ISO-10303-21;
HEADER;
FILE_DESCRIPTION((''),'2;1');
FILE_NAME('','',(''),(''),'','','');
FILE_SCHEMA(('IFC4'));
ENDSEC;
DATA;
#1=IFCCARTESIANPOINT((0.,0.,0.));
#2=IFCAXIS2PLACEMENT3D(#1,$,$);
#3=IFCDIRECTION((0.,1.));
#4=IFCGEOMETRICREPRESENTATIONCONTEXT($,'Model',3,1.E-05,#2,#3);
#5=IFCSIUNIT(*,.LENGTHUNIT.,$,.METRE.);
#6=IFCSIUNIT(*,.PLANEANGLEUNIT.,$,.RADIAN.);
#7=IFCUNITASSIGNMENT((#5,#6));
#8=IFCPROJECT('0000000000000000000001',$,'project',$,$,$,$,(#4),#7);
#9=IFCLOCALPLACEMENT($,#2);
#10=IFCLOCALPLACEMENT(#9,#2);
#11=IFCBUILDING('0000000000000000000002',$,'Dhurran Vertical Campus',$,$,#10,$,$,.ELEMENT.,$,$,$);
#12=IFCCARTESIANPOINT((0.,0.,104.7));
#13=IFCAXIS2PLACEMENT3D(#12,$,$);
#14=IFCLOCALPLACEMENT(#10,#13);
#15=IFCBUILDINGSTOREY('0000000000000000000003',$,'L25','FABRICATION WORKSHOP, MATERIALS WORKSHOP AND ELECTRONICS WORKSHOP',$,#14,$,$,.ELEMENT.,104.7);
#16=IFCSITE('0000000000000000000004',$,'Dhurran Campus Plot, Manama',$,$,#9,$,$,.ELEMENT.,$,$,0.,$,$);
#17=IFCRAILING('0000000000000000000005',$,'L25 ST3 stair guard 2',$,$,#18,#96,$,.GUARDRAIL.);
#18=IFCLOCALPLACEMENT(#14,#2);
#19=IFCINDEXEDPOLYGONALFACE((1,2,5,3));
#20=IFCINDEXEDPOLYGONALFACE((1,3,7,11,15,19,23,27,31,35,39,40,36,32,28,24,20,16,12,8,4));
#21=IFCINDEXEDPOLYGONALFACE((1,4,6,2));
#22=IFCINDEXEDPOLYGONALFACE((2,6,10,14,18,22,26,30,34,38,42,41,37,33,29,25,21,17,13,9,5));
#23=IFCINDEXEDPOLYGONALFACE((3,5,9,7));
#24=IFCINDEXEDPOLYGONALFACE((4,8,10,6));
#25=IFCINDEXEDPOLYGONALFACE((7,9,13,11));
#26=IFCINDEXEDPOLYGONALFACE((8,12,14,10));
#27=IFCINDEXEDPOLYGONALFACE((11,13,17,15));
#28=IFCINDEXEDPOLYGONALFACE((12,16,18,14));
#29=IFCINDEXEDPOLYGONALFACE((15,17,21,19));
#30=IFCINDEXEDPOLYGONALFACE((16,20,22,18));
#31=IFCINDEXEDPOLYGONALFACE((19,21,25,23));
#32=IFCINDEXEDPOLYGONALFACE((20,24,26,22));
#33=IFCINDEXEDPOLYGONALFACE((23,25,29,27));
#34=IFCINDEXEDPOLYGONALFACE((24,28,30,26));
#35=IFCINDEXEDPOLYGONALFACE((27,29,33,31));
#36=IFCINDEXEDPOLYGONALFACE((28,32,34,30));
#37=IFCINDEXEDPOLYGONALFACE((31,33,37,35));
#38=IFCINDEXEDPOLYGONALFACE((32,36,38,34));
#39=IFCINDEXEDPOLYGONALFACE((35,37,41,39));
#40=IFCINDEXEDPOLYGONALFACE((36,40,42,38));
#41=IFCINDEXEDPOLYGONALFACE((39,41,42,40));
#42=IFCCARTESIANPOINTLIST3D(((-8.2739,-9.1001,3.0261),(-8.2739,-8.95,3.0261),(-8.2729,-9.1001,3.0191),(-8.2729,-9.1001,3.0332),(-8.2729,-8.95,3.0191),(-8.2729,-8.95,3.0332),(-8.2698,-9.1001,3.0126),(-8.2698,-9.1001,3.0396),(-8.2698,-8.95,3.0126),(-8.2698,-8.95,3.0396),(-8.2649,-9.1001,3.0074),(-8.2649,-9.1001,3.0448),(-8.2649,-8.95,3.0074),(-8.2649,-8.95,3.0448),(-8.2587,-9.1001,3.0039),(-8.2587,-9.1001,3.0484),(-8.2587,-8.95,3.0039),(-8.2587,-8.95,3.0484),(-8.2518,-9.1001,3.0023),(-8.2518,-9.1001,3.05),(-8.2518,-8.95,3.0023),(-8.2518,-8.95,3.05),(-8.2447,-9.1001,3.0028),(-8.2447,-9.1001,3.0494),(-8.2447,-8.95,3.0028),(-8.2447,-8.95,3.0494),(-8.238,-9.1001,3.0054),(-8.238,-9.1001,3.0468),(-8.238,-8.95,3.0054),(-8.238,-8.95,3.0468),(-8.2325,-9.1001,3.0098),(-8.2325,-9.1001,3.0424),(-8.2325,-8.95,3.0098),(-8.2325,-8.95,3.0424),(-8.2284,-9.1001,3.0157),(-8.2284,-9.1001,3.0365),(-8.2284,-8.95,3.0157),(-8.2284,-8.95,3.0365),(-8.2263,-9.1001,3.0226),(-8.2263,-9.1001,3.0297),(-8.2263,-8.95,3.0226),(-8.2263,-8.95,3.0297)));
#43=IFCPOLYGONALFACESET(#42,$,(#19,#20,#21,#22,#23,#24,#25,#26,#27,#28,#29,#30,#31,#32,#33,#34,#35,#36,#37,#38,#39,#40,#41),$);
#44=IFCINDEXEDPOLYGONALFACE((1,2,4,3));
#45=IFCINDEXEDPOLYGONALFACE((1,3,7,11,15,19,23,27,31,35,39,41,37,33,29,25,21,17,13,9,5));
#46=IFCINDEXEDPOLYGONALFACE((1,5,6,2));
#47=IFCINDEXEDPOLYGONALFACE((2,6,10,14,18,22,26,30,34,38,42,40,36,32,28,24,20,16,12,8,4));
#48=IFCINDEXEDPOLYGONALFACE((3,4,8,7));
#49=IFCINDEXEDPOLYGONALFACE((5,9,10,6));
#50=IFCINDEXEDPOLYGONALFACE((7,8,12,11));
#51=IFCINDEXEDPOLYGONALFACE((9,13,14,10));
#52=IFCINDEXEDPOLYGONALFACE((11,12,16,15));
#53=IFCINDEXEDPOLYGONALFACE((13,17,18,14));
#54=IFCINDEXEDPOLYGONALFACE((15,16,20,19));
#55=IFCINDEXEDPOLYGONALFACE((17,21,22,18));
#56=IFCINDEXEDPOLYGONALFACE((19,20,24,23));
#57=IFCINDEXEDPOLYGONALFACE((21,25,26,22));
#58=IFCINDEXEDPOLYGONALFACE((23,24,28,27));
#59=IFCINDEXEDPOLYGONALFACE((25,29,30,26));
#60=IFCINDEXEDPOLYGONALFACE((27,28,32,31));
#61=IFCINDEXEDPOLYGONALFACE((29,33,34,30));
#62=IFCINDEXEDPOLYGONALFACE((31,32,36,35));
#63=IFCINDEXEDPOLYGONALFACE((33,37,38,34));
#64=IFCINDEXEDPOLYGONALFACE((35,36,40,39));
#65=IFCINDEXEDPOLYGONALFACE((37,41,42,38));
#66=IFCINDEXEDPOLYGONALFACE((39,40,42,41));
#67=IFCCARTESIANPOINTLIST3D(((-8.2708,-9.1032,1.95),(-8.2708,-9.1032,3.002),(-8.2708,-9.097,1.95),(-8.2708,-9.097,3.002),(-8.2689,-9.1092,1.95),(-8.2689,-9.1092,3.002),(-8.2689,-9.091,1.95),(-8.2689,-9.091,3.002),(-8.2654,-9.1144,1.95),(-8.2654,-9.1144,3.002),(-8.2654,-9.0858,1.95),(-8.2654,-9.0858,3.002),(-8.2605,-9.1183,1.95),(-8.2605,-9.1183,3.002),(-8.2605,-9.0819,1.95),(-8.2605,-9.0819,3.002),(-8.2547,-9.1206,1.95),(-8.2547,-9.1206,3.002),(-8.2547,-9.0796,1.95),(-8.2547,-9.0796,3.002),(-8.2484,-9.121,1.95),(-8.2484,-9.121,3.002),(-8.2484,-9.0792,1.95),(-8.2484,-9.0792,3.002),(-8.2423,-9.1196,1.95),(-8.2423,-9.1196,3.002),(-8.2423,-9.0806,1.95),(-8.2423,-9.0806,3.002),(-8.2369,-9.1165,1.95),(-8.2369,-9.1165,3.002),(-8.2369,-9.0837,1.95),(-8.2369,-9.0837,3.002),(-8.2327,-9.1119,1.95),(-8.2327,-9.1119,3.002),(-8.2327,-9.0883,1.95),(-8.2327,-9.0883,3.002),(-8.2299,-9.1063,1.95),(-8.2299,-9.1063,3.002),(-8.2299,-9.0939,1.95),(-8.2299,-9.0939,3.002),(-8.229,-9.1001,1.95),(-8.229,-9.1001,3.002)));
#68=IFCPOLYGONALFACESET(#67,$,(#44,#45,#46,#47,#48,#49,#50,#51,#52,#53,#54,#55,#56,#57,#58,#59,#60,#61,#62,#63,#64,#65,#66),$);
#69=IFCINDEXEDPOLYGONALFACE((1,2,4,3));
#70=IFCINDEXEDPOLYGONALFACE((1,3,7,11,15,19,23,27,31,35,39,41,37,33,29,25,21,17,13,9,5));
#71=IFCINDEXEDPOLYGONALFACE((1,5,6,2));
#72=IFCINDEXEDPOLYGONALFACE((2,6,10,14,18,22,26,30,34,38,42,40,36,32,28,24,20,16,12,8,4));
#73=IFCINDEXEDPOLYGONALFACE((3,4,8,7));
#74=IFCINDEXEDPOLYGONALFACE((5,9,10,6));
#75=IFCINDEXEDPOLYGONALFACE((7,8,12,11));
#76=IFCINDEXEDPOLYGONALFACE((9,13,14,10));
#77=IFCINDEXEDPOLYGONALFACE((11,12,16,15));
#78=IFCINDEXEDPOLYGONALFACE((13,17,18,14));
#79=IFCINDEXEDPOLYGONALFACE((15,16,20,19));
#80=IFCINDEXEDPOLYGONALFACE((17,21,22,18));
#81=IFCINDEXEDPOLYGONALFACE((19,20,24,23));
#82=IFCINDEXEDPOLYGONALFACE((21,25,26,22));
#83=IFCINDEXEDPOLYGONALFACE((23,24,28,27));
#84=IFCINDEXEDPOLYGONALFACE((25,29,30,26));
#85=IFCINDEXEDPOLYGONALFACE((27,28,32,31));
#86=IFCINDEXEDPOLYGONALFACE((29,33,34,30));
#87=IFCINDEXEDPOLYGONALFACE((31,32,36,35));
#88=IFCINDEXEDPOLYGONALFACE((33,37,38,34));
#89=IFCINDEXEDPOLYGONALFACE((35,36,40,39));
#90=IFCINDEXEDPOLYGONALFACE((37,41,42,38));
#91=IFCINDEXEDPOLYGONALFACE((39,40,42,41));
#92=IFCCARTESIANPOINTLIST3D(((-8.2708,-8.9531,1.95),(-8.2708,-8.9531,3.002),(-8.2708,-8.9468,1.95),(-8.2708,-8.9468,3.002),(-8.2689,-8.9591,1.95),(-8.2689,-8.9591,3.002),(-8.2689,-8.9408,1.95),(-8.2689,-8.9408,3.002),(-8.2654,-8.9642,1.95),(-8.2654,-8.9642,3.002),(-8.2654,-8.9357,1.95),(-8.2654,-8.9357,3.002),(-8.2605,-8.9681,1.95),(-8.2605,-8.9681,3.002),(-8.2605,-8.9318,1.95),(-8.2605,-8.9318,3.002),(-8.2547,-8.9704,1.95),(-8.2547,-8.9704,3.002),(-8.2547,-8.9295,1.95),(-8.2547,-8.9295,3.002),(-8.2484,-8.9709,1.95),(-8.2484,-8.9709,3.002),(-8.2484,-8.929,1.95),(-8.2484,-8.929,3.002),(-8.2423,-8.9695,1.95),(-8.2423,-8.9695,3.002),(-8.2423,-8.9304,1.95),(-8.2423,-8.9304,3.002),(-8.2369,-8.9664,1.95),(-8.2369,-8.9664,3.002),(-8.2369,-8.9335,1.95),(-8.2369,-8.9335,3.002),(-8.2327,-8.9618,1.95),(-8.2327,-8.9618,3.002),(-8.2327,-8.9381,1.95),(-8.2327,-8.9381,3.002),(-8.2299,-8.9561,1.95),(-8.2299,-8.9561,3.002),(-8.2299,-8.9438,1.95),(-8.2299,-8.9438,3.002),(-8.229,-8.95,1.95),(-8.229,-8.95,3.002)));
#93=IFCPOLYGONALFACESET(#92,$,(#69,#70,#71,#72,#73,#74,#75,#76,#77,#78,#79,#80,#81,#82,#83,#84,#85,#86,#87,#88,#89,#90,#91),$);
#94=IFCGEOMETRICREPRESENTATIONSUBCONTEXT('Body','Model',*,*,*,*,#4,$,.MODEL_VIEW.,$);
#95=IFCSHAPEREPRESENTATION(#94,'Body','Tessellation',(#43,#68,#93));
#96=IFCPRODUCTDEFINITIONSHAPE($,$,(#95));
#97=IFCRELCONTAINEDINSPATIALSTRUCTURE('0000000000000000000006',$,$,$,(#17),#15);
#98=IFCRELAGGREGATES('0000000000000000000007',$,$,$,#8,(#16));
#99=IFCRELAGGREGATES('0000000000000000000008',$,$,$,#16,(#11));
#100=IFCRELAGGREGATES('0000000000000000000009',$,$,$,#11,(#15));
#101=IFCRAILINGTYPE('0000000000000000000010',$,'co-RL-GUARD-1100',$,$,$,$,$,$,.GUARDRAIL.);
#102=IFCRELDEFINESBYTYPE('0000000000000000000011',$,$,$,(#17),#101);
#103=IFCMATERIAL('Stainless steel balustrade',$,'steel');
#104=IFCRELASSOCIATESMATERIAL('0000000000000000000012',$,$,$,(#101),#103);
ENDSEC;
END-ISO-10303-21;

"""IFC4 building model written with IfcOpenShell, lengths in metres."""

from ifc_helpers import new_model, si_unit, direction, frame, origin, origin_2d, place, context, subcontext, project, spatial, circle, extrude, material, type_object, element, save


model = new_model("IFC4")

# Units and contexts
model_context = context("Model", 3, precision=1e-05, world=origin(), true_north=direction((0.0, 1.0)))
body_context = subcontext(model_context, "Body", "Model", "MODEL_VIEW")
ifc_project = project(units=[si_unit("LENGTHUNIT", "METRE"), si_unit("PLANEANGLEUNIT", "RADIAN")], contexts=[model_context])

# Site, building, storey
site_placement = place(None, origin())
site = spatial("IfcSite", under=ifc_project, at=site_placement, Name="Dhurran Campus Plot, Manama", CompositionType="ELEMENT", RefElevation=0.0)
building_placement = place(site_placement, origin())
building = spatial("IfcBuilding", under=site, at=building_placement, Name="Dhurran Vertical Campus", CompositionType="ELEMENT")
storey_placement = place(building_placement, frame((0.0, 0.0, 104.7)))
storey = spatial("IfcBuildingStorey", under=building, at=storey_placement, Name="L25", Description="FABRICATION WORKSHOP, MATERIALS WORKSHOP AND ELECTRONICS WORKSHOP", CompositionType="ELEMENT", Elevation=104.7)

# Railing
ifc_material_1 = material(Name="Stainless steel balustrade", Category="steel")
railing_type_1 = type_object("IfcRailingType", Name="co-RL-GUARD-1100", PredefinedType="GUARDRAIL", material=ifc_material_1)
railing_1_placement = place(storey_placement, frame((-8.25, -9.1001, 1.95)))
element("IfcRailing", 1, at=railing_1_placement, inside=storey, type_object=railing_type_1, Name="L25 ST3 stair guard 2", PredefinedType="GUARDRAIL", context=body_context, shape_type="SweptSolid", body=[
    extrude(circle(Radius=0.0239, at=origin_2d()), frame((0.0, 0.0, 1.0762), z_axis=(0.0, 1.0, 0.0), x_axis=(-1.0, 0.0, 0.0)), (0.0, 0.0, 1.0), 0.1501),
    extrude(circle(Radius=0.021, at=origin_2d()), origin(), (0.0, 0.0, 1.0), 1.052),
    extrude(circle(Radius=0.021, at=origin_2d()), frame((0.0, 0.1501, 0.0)), (0.0, 0.0, 1.0), 1.052),
])

save(model, "model.ifc")
